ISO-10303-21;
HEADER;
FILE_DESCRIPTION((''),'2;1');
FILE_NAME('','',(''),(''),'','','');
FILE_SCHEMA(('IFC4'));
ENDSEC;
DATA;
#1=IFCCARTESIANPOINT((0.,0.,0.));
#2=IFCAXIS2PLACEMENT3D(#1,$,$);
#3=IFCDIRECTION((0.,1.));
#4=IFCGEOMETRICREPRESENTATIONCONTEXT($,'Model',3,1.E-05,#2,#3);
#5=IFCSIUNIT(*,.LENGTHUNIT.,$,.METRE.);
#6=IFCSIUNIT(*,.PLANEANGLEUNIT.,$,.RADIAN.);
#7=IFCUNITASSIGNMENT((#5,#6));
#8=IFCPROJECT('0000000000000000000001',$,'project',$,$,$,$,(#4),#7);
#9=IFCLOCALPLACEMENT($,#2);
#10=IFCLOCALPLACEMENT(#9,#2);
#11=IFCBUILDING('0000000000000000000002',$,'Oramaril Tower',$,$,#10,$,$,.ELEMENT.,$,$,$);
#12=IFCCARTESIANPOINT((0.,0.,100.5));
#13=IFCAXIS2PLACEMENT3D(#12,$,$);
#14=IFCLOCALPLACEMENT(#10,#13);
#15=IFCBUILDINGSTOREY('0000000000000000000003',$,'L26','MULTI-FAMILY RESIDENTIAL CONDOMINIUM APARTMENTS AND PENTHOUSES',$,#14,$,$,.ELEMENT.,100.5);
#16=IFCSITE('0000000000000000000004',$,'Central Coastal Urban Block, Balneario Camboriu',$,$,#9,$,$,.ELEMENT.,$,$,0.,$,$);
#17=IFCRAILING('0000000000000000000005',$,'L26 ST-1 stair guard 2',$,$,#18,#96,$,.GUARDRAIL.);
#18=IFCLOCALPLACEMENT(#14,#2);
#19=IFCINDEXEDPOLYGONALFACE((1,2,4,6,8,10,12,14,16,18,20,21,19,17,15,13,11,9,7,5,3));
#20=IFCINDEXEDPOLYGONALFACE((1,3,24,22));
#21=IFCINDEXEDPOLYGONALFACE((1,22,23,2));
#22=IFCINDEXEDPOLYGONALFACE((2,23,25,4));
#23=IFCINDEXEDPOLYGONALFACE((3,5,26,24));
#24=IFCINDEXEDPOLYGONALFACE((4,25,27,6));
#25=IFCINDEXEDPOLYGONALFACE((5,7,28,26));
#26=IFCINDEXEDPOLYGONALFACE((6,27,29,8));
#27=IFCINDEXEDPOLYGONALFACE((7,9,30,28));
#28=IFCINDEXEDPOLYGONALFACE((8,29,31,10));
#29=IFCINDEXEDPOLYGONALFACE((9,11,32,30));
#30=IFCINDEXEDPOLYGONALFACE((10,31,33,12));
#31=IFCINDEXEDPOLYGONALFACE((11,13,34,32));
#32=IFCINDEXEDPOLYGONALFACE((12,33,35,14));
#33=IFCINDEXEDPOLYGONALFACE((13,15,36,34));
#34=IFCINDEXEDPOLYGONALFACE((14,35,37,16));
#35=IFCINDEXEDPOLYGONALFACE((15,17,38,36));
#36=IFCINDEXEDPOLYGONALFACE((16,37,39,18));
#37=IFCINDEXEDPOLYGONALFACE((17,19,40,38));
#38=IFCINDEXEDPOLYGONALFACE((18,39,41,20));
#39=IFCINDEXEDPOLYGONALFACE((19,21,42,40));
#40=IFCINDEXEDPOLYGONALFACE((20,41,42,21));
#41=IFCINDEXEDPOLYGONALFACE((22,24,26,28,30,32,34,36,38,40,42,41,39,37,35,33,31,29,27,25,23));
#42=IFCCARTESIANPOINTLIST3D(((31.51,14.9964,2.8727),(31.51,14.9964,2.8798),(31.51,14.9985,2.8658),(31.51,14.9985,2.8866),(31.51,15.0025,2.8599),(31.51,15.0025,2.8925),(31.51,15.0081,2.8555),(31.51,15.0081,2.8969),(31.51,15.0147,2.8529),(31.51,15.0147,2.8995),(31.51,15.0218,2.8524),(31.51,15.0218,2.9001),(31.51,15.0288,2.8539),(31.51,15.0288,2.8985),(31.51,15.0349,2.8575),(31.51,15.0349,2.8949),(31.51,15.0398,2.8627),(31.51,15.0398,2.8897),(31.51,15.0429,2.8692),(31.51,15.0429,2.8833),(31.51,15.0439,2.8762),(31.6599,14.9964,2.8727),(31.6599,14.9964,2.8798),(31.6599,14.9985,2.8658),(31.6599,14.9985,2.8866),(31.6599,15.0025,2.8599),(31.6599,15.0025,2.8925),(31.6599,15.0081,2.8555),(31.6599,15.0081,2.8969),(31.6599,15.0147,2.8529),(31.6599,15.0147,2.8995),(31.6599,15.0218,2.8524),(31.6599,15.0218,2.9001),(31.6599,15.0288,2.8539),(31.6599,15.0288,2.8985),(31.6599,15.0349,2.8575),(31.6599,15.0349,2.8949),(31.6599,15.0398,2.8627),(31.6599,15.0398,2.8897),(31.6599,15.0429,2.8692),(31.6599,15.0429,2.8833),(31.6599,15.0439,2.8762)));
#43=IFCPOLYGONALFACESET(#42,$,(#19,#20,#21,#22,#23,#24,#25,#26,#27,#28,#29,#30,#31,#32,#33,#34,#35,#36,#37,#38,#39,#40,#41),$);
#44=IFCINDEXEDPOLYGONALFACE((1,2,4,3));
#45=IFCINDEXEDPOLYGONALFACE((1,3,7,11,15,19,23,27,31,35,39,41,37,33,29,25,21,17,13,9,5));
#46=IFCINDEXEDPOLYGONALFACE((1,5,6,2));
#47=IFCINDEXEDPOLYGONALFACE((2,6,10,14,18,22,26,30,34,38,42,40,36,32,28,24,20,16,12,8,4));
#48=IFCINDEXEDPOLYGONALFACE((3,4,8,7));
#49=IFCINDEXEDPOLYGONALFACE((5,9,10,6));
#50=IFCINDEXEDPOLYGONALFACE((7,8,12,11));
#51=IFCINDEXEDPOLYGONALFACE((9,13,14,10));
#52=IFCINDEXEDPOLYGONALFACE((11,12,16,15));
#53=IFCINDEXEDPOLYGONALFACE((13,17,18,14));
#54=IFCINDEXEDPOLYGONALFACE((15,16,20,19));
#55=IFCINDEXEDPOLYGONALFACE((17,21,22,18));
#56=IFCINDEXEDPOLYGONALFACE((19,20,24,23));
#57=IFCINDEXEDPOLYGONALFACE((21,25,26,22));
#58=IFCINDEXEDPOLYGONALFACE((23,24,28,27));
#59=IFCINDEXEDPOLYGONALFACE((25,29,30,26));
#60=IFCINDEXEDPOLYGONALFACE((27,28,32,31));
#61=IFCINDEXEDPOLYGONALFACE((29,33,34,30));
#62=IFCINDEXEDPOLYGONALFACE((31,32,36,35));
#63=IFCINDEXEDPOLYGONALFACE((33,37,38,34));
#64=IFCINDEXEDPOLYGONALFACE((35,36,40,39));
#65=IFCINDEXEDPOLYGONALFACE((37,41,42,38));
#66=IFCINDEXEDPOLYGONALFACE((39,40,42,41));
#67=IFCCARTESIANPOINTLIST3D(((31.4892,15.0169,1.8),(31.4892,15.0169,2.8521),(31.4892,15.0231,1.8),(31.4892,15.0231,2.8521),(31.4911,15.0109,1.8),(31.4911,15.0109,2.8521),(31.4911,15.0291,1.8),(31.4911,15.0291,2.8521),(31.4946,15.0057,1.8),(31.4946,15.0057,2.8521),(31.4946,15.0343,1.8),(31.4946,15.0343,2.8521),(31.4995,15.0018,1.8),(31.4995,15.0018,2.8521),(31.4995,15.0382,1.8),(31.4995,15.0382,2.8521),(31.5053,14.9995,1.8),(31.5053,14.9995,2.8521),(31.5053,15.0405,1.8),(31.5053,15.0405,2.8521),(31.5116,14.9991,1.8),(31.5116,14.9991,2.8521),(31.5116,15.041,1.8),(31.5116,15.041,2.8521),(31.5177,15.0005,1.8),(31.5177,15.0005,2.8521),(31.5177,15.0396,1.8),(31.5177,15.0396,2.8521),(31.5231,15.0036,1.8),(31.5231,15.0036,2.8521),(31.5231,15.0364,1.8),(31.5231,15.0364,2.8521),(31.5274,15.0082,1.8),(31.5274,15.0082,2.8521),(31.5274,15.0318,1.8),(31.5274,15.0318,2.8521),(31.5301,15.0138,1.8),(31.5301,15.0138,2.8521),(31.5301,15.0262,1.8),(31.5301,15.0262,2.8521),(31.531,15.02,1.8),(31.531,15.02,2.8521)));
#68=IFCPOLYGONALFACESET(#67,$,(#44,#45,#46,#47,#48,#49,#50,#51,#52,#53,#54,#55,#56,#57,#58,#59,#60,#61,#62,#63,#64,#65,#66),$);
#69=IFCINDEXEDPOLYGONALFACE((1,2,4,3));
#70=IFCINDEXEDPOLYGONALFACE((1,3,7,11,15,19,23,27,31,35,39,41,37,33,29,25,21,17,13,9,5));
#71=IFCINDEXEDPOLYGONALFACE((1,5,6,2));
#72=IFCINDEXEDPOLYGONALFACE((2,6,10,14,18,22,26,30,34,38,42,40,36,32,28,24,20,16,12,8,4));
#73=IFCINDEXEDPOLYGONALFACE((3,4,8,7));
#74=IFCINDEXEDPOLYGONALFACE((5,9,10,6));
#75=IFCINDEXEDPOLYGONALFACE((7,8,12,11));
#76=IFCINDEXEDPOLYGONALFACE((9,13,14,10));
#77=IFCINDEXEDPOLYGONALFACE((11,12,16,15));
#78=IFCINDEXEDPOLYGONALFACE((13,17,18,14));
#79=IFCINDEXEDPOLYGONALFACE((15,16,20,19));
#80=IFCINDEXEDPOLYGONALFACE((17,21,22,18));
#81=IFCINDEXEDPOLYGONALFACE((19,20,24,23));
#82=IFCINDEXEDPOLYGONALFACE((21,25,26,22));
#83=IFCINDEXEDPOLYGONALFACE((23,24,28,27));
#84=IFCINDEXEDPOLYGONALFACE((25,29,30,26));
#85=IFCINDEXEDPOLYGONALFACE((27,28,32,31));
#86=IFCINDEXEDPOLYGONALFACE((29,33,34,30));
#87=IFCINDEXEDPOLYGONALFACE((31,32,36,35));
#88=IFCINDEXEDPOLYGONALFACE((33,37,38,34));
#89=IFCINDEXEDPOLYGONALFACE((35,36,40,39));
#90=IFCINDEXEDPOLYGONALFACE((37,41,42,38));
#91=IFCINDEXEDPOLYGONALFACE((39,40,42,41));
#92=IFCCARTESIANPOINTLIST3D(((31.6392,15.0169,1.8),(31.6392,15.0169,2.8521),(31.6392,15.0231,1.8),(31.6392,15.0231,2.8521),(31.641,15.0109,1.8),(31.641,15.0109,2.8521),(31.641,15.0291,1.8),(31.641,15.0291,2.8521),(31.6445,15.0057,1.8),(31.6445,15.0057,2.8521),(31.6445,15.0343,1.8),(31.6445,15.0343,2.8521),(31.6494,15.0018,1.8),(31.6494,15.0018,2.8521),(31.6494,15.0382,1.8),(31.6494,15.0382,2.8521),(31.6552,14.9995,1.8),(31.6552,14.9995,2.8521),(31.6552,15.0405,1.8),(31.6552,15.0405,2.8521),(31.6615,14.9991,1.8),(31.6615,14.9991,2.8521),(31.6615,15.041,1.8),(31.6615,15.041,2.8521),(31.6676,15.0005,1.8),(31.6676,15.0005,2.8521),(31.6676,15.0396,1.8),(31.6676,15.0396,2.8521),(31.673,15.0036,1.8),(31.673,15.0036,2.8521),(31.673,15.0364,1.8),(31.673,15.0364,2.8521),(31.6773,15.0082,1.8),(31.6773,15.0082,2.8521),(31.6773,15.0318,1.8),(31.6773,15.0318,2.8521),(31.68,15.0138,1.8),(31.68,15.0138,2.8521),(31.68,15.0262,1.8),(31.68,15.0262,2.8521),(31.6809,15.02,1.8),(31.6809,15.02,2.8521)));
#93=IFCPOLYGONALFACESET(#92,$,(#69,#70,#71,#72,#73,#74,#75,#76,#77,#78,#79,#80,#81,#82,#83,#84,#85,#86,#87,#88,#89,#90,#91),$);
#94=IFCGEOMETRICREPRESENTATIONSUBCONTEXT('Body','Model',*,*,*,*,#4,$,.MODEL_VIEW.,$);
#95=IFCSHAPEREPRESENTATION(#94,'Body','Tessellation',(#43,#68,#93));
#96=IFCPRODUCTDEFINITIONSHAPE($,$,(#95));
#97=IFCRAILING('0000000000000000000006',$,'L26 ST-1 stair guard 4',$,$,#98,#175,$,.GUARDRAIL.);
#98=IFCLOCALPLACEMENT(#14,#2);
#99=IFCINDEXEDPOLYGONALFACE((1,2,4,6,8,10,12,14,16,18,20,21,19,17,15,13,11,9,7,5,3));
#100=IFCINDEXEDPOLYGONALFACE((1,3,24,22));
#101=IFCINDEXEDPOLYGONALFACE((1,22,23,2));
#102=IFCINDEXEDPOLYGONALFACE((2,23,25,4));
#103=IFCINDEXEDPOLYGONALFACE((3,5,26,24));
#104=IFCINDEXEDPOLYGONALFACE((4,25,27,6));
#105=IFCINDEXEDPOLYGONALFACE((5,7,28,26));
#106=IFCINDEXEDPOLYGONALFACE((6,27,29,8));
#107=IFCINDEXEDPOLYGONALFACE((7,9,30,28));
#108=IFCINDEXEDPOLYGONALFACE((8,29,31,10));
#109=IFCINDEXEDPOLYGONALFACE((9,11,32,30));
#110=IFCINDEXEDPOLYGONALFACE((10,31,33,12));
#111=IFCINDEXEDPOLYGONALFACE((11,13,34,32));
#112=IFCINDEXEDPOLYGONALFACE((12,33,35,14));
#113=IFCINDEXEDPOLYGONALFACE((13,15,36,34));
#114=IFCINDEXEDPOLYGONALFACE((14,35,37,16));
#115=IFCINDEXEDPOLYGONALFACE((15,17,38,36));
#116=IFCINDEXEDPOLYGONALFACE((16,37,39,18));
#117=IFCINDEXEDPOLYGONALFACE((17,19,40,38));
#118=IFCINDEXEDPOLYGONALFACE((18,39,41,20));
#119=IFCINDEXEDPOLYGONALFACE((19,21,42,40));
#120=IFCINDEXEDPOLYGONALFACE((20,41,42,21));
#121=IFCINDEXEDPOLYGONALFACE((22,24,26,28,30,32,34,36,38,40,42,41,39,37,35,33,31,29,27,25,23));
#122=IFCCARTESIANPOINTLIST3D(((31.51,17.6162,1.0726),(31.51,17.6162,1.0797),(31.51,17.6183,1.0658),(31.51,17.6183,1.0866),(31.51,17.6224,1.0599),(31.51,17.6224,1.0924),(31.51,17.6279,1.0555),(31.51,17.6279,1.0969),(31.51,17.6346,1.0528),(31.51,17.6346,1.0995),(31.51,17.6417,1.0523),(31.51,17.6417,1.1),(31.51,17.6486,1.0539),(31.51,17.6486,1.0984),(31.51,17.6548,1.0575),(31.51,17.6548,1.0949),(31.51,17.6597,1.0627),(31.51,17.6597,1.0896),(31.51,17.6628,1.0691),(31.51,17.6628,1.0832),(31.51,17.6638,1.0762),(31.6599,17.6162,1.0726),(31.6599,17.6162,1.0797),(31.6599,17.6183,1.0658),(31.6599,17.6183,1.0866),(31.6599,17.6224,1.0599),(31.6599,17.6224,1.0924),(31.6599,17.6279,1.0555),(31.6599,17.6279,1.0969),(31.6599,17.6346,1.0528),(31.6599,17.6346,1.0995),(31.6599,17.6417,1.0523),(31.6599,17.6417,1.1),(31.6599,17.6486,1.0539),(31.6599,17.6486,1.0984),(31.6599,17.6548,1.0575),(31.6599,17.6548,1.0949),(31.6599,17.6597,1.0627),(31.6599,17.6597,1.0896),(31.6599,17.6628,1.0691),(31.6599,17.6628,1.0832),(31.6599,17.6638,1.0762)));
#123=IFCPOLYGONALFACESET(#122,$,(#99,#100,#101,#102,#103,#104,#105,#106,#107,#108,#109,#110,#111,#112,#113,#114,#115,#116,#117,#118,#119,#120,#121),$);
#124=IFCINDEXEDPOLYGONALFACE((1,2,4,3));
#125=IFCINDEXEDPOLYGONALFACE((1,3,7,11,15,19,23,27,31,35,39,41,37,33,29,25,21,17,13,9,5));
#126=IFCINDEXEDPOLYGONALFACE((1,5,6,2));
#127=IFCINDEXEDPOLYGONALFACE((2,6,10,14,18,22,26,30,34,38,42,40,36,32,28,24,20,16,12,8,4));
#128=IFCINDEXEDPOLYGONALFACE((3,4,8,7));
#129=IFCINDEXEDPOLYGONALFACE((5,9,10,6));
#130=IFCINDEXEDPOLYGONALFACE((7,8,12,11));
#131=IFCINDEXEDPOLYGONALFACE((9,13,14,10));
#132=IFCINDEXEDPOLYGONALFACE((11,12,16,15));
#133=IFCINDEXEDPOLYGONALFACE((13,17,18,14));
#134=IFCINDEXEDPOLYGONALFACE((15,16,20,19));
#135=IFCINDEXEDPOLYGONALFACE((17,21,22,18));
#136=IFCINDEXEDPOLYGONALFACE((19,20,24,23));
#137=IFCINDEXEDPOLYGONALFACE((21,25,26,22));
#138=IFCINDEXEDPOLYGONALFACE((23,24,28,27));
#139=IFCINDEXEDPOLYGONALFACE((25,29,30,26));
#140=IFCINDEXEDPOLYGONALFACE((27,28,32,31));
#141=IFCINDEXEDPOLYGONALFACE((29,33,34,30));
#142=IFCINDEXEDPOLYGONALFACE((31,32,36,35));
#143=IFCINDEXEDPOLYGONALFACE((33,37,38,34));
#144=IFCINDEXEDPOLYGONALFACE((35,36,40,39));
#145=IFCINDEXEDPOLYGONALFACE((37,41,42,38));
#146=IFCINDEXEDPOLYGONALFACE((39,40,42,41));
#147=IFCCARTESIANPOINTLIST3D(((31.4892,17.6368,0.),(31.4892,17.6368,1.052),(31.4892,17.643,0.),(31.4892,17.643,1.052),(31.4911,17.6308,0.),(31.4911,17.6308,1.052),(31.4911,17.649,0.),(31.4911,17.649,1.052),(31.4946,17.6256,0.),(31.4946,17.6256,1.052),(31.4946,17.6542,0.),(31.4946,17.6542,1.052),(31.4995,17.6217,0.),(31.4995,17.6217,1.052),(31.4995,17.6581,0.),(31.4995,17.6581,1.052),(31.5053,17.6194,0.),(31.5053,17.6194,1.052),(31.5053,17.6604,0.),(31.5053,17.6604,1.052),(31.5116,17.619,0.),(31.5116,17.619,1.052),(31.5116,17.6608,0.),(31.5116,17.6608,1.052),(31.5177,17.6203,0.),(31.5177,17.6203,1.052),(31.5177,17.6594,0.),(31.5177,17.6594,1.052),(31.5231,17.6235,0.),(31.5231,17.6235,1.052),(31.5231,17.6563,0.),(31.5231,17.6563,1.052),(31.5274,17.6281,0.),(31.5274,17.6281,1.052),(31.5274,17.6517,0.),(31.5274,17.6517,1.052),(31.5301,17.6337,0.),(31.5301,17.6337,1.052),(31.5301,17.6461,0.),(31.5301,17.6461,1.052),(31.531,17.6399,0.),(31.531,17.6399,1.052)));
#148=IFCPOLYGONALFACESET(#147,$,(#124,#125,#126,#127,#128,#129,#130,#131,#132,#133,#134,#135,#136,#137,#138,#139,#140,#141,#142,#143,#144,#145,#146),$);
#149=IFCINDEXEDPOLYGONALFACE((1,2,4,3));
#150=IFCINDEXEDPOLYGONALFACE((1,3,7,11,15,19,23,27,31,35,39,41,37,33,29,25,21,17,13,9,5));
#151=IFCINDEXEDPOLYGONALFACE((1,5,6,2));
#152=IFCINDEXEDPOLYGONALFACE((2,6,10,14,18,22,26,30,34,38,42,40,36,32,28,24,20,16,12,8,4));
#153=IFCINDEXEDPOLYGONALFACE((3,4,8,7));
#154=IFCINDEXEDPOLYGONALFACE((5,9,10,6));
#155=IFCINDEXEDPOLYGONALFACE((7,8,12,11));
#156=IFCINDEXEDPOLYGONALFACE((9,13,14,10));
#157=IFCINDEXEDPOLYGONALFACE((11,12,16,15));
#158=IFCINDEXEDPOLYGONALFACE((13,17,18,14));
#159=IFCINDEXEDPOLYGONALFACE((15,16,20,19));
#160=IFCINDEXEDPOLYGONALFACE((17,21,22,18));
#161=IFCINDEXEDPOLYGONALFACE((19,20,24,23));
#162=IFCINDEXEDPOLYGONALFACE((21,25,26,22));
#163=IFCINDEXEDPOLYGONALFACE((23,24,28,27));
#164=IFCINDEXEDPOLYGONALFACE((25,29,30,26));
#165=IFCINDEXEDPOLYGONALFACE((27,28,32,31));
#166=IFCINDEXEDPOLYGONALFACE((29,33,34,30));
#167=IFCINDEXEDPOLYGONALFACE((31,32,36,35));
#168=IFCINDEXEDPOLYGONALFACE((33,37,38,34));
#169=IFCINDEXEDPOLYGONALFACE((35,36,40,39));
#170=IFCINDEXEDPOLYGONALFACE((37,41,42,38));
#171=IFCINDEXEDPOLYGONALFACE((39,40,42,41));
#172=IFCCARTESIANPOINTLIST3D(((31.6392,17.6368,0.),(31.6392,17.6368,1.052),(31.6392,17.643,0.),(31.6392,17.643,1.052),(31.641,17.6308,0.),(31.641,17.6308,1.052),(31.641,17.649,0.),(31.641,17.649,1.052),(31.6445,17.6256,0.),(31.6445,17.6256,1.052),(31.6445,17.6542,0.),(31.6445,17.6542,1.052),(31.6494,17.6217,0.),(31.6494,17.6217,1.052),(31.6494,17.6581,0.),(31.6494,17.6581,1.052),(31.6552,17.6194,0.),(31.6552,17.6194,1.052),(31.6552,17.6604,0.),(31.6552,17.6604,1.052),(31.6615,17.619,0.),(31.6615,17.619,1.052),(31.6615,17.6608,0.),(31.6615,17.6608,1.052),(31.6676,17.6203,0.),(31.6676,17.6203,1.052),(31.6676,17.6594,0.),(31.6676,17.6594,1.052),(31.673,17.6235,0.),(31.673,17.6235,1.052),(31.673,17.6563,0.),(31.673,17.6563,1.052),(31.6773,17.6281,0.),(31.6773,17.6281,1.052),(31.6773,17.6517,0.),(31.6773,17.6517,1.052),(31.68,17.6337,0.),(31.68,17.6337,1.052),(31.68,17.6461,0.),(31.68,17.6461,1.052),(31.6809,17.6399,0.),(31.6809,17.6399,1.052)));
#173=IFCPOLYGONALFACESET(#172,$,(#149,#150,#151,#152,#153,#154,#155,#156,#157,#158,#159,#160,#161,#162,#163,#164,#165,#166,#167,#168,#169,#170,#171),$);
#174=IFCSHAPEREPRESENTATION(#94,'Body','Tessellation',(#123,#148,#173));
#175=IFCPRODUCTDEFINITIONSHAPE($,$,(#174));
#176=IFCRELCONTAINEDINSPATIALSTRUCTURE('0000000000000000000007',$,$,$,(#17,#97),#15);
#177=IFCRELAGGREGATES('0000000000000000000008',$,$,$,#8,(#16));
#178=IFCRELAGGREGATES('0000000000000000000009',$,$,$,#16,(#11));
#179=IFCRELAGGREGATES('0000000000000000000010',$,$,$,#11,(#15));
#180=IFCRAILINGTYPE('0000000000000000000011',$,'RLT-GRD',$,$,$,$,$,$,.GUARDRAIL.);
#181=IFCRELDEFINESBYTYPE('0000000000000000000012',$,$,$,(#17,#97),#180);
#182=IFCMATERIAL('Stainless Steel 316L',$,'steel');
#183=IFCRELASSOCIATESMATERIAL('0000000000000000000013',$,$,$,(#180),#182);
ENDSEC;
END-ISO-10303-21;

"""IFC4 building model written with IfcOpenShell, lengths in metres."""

from ifc_helpers import new_model, si_unit, direction, frame, origin, origin_2d, place, context, subcontext, project, spatial, circle, extrude, material, type_object, element, save


model = new_model("IFC4")

# Units and contexts
model_context = context("Model", 3, precision=1e-05, world=origin(), true_north=direction((0.0, 1.0)))
body_context = subcontext(model_context, "Body", "Model", "MODEL_VIEW")
ifc_project = project(units=[si_unit("LENGTHUNIT", "METRE"), si_unit("PLANEANGLEUNIT", "RADIAN")], contexts=[model_context])

# Site, building, storey
site_placement = place(None, origin())
site = spatial("IfcSite", under=ifc_project, at=site_placement, Name="Central Coastal Urban Block, Balneario Camboriu", CompositionType="ELEMENT", RefElevation=0.0)
building_placement = place(site_placement, origin())
building = spatial("IfcBuilding", under=site, at=building_placement, Name="Oramaril Tower", CompositionType="ELEMENT")
storey_placement = place(building_placement, frame((0.0, 0.0, 100.5)))
storey = spatial("IfcBuildingStorey", under=building, at=storey_placement, Name="L26", Description="MULTI-FAMILY RESIDENTIAL CONDOMINIUM APARTMENTS AND PENTHOUSES", CompositionType="ELEMENT", Elevation=100.5)

# Railings
ifc_material_1 = material(Name="Stainless Steel 316L", Category="steel")
railing_type_1 = type_object("IfcRailingType", Name="RLT-GRD", PredefinedType="GUARDRAIL", material=ifc_material_1)
for number, where, name in (
    (1, (31.51, 15.02, 1.8), "L26 ST-1 stair guard 2"),
    (2, (31.51, 17.6399, 0.0), "L26 ST-1 stair guard 4"),
):
    element("IfcRailing", number, at=place(storey_placement, frame(where)), inside=storey, type_object=railing_type_1, Name=name, PredefinedType="GUARDRAIL", context=body_context, shape_type="SweptSolid", body=[
        extrude(circle(Radius=0.0239, at=origin_2d()), frame((0.0, 0.0, 1.0762), z_axis=(1.0, 0.0, 0.0), x_axis=(0.0, 1.0, 0.0)), (0.0, 0.0, 1.0), 0.1499),
        extrude(circle(Radius=0.021, at=origin_2d()), origin(), (0.0, 0.0, 1.0), 1.052),
        extrude(circle(Radius=0.021, at=origin_2d()), frame((0.1499, 0.0, 0.0)), (0.0, 0.0, 1.0), 1.052),
    ])

save(model, "model.ifc")
